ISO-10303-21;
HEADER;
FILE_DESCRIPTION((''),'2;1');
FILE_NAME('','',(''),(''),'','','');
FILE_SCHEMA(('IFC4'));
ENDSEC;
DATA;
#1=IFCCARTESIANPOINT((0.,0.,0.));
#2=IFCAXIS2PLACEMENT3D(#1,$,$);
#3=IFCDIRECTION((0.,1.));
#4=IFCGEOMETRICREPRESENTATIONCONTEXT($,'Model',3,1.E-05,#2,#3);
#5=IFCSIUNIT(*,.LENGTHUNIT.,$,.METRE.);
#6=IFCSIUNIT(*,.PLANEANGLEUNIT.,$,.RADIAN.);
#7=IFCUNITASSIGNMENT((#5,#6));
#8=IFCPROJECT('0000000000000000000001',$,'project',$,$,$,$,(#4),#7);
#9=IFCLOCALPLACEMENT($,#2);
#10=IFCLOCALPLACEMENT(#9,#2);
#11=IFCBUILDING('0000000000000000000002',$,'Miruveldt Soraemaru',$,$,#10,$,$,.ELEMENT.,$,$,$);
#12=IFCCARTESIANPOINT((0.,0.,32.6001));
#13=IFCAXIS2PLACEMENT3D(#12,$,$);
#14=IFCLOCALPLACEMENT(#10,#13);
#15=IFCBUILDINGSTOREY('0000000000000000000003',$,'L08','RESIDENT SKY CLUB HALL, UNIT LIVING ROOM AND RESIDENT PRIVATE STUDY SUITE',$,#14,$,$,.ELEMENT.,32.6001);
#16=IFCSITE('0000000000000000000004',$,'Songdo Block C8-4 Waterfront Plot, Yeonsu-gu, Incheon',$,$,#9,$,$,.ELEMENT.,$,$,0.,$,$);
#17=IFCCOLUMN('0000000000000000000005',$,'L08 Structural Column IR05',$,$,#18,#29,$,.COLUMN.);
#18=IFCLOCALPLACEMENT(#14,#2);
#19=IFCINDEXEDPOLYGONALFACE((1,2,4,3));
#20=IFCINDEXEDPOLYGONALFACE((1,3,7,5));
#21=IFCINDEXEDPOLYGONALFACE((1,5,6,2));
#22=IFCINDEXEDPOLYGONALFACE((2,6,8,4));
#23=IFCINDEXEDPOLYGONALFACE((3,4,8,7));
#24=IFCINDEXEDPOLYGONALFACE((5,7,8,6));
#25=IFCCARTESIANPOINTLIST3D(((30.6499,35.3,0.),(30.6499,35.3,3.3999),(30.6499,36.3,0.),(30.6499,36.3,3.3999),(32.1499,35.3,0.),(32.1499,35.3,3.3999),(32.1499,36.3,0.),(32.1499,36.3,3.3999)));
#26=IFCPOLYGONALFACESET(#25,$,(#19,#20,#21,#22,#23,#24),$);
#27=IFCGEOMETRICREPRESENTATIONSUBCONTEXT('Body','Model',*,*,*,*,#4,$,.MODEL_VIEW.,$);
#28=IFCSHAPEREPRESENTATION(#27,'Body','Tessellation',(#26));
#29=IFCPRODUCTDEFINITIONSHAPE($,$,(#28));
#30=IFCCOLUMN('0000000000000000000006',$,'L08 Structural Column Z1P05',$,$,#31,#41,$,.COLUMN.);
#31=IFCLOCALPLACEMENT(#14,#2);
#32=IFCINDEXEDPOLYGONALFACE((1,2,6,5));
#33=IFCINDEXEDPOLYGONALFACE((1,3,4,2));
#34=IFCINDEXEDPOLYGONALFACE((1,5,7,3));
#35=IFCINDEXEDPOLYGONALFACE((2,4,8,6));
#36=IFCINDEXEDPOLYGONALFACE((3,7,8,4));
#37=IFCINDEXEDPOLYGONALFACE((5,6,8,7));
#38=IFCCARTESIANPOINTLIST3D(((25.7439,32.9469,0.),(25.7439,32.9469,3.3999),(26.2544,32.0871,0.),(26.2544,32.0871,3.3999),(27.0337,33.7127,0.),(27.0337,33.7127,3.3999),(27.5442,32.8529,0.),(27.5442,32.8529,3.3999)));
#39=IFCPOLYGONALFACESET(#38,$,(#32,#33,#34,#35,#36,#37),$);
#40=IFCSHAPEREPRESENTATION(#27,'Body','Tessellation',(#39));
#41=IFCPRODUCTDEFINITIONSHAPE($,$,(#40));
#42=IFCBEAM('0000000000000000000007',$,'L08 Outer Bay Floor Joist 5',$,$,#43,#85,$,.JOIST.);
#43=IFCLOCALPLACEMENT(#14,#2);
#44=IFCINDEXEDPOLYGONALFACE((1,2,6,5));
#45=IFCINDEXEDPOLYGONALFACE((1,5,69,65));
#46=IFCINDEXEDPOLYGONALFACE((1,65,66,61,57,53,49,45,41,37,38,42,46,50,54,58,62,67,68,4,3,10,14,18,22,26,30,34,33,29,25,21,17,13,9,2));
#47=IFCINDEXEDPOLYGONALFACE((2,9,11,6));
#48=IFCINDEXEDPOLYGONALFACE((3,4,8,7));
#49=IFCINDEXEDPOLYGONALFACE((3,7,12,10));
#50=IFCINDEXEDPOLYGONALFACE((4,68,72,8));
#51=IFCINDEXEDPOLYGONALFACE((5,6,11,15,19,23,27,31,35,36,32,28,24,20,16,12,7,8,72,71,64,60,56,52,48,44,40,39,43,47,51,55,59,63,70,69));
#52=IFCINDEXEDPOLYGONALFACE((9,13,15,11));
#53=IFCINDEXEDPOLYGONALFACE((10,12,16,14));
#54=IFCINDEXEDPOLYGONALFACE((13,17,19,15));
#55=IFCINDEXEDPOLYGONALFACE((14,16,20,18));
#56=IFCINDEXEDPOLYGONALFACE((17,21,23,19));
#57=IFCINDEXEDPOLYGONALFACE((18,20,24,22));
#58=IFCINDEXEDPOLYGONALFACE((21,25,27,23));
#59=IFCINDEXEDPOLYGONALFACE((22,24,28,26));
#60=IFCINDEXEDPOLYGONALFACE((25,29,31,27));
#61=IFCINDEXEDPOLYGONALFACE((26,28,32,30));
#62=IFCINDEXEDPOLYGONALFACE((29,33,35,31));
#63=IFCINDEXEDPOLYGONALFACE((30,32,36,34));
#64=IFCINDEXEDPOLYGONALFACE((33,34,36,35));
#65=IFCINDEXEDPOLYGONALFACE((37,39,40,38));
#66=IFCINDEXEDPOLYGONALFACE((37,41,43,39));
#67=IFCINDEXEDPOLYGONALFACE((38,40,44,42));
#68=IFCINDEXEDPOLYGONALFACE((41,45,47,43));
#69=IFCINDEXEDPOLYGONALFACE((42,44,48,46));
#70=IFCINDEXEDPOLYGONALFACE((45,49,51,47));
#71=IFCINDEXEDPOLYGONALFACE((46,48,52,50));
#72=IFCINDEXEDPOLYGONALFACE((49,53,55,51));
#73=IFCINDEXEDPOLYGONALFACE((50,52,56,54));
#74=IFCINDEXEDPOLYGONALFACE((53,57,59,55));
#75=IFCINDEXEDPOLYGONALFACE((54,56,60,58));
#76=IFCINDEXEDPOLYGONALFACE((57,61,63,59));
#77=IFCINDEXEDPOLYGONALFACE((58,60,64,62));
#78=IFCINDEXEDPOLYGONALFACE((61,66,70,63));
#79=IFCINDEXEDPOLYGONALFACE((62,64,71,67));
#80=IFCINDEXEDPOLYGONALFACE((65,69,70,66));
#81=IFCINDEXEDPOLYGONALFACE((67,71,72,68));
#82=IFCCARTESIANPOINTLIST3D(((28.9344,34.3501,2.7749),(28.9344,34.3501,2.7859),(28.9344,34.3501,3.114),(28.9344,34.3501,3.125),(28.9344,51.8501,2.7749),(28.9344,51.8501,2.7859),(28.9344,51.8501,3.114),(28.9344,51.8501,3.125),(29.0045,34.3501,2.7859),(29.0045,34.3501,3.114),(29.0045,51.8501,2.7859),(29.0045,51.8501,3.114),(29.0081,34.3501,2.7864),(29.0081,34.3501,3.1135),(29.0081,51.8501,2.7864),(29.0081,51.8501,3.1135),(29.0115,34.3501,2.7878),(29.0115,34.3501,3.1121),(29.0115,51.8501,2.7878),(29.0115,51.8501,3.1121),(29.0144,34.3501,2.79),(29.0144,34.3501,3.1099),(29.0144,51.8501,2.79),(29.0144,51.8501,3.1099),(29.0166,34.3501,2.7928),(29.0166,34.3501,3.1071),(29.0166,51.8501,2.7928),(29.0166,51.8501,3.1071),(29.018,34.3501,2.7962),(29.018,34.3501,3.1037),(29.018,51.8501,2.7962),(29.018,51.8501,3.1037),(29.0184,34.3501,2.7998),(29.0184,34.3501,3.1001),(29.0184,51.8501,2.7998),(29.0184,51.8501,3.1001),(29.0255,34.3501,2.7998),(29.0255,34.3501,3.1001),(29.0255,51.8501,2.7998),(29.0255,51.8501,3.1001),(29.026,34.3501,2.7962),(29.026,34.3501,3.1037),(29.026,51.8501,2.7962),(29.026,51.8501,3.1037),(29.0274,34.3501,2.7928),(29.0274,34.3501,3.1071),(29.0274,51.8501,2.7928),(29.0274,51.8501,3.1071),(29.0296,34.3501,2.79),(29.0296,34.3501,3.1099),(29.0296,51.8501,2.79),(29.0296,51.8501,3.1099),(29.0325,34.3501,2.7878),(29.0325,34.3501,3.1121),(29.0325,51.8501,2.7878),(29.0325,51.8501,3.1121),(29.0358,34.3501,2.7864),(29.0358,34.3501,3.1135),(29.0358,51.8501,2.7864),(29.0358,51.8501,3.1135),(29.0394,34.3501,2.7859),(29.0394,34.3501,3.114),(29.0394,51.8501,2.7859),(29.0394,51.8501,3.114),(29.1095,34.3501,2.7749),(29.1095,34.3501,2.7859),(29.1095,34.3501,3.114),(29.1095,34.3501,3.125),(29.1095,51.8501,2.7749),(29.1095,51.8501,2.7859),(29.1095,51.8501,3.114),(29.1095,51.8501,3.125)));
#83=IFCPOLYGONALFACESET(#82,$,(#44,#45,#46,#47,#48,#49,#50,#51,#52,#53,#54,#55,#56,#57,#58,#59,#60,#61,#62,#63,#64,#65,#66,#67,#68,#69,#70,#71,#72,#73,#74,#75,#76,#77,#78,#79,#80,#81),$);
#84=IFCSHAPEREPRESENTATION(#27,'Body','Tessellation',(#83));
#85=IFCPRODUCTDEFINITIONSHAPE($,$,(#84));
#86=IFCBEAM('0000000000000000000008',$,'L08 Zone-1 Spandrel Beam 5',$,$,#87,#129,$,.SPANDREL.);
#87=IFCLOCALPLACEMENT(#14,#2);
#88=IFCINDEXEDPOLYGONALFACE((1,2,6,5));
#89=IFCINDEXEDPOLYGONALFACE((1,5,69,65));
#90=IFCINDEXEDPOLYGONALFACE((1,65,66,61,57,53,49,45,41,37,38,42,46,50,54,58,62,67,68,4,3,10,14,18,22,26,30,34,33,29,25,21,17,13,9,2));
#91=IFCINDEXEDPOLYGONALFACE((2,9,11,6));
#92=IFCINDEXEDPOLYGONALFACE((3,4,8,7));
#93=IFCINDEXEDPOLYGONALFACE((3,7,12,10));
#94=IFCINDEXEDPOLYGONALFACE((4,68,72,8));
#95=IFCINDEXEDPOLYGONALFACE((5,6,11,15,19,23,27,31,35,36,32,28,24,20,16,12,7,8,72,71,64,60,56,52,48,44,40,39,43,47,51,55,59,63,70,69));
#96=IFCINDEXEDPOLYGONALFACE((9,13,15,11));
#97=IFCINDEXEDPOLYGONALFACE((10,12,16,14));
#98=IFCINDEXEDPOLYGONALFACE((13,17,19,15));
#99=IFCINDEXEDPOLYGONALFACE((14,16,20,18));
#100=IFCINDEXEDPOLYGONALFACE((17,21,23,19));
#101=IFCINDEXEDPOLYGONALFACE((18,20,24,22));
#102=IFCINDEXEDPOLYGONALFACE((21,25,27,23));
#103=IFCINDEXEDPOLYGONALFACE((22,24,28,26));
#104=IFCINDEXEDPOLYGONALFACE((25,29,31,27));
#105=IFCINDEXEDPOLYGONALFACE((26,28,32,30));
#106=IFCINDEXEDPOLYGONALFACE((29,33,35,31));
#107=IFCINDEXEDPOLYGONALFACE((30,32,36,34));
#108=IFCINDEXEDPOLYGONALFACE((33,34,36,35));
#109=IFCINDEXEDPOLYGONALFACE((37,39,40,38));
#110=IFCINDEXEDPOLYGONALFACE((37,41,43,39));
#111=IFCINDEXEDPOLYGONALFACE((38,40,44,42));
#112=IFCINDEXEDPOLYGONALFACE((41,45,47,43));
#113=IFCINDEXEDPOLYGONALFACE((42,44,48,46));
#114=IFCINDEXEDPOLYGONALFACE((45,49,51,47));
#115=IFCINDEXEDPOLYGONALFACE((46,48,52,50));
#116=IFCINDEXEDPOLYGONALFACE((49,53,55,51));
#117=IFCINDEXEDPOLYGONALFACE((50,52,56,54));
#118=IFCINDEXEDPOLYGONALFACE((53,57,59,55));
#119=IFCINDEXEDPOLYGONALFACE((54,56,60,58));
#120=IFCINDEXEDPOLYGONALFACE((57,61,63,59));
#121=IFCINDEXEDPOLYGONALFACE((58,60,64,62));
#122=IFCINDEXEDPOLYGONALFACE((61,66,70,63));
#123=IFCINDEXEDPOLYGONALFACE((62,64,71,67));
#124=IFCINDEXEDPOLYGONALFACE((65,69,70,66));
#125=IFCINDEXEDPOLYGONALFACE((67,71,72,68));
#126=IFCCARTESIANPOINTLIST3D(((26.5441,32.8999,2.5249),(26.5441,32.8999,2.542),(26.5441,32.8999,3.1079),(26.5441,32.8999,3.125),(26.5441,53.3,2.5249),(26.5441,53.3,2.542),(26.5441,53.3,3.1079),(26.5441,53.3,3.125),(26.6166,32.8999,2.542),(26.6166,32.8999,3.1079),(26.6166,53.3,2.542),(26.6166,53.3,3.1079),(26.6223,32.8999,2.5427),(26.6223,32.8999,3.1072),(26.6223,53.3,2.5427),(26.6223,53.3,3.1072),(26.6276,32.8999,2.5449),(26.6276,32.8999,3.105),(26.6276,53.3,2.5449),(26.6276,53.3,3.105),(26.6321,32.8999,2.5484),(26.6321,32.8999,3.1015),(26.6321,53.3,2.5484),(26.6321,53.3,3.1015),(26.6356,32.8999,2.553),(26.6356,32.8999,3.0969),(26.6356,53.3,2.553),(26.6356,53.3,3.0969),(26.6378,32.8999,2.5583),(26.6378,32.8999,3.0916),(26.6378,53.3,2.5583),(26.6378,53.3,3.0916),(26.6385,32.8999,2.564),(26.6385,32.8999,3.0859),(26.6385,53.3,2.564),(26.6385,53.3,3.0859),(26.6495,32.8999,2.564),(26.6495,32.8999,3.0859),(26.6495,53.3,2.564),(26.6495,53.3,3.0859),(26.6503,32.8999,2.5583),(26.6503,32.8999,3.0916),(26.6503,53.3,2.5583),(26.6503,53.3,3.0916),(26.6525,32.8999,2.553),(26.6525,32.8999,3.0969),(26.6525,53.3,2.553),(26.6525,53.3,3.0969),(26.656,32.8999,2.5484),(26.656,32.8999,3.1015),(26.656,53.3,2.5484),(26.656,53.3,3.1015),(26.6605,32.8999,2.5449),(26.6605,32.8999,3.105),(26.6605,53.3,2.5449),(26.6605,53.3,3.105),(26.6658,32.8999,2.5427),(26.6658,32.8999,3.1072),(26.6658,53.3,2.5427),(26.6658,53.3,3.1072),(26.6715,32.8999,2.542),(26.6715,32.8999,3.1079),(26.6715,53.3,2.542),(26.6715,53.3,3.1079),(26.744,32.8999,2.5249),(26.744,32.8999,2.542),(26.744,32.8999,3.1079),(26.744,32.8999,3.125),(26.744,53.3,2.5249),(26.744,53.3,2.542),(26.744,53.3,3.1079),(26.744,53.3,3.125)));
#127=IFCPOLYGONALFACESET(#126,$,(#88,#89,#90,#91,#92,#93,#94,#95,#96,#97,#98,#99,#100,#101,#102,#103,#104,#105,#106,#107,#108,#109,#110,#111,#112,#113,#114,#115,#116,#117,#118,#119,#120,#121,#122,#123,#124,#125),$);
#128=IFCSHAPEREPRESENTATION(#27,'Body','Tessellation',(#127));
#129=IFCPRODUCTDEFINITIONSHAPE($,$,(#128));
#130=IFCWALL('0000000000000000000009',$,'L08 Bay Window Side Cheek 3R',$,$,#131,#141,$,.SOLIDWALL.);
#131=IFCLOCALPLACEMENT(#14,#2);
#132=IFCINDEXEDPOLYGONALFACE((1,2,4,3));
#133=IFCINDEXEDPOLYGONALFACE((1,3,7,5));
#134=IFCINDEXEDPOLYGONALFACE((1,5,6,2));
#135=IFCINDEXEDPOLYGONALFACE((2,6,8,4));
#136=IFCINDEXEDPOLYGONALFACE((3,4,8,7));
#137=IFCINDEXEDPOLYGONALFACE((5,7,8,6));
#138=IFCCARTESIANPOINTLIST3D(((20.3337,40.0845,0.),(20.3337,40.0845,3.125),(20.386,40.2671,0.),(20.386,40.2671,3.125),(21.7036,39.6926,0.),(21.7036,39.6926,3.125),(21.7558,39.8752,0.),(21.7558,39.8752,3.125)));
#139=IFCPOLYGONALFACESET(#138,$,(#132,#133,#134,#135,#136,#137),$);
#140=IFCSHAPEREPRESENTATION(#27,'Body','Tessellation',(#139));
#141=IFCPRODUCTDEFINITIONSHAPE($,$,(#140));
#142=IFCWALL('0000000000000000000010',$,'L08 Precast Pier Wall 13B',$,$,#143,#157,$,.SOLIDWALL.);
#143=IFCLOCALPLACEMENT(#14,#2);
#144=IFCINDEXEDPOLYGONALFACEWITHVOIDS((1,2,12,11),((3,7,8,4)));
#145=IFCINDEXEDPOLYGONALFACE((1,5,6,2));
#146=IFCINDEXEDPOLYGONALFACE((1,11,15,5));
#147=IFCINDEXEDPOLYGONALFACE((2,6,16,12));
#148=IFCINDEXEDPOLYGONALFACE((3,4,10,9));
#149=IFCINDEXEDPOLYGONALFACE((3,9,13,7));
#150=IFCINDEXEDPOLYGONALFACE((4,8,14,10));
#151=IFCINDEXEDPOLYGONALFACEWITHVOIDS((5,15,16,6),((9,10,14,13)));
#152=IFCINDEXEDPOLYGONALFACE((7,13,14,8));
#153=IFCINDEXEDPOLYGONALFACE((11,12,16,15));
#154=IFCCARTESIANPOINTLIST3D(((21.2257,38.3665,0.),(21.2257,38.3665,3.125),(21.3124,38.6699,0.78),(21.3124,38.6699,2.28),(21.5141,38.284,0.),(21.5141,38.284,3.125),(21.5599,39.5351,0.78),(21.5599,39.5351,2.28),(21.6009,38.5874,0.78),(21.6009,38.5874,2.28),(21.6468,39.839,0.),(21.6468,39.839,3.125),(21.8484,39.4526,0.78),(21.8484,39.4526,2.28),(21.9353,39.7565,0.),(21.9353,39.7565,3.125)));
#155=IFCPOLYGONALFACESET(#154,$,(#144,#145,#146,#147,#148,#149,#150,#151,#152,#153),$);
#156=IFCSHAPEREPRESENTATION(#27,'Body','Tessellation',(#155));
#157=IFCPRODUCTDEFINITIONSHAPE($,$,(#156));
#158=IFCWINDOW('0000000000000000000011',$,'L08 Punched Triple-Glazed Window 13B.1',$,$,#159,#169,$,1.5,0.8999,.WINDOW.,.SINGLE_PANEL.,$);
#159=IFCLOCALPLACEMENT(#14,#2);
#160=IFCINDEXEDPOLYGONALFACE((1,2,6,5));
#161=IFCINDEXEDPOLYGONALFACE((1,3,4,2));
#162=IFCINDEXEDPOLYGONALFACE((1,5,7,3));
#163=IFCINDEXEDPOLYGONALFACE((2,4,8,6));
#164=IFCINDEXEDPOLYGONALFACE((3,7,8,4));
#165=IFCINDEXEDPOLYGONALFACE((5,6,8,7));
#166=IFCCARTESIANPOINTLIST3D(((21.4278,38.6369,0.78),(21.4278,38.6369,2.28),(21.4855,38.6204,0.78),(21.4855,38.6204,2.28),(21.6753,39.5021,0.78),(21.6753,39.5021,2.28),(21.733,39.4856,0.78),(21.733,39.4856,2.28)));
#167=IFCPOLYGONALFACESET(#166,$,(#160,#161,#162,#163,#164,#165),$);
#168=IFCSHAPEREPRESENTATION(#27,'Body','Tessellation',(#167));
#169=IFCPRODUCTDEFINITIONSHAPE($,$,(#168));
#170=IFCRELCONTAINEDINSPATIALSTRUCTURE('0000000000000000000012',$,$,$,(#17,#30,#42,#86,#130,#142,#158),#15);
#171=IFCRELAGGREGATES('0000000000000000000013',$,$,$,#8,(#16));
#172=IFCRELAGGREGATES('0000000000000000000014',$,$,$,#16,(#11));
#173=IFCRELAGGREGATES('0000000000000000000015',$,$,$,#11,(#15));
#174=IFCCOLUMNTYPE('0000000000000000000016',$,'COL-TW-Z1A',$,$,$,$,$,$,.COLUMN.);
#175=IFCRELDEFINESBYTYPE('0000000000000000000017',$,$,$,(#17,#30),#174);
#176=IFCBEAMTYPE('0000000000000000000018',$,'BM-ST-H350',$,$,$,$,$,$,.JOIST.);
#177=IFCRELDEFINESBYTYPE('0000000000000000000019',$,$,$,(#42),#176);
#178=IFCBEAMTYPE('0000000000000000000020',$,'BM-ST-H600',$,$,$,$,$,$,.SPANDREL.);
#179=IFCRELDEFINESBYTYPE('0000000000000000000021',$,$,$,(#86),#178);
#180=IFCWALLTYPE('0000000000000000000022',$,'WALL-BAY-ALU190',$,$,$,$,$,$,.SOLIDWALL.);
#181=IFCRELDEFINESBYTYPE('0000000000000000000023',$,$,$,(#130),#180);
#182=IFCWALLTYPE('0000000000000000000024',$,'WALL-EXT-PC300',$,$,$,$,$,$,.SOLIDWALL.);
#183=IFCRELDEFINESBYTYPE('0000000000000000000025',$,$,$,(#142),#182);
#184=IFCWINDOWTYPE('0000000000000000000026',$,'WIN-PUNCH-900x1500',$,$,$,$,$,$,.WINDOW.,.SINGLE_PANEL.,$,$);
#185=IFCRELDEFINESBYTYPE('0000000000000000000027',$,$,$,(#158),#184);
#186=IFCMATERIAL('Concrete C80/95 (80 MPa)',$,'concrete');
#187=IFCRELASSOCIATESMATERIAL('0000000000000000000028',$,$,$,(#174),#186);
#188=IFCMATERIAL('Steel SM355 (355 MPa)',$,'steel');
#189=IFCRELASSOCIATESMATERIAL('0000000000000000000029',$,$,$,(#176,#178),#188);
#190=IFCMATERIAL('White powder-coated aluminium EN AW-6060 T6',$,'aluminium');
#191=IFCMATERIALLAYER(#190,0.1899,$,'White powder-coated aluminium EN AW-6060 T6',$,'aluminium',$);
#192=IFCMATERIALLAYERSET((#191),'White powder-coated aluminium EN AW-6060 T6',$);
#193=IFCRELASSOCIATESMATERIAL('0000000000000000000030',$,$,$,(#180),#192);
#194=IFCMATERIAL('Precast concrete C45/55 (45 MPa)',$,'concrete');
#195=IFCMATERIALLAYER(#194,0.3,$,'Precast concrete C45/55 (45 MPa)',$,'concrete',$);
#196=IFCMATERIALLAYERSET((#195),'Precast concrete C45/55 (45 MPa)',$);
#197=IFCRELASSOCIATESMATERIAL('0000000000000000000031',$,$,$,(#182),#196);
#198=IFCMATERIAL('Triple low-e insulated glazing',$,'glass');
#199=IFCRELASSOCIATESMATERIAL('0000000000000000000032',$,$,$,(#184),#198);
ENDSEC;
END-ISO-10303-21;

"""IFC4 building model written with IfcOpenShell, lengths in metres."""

from ifc_helpers import new_model, si_unit, direction, frame, frame_2d, origin, origin_2d, place, context, subcontext, project, spatial, rectangle, i_section, extrude, material, layer, layer_set, material_profile, profile_set, type_object, element, fill, save


model = new_model("IFC4")

# Units and contexts
model_context = context("Model", 3, precision=1e-05, world=origin(), true_north=direction((0.0, 1.0)))
body_context = subcontext(model_context, "Body", "Model", "MODEL_VIEW")
ifc_project = project(units=[si_unit("LENGTHUNIT", "METRE"), si_unit("PLANEANGLEUNIT", "RADIAN")], contexts=[model_context])

# Site, building, storey
site_placement = place(None, origin())
site = spatial("IfcSite", under=ifc_project, at=site_placement, Name="Songdo Block C8-4 Waterfront Plot, Yeonsu-gu, Incheon", CompositionType="ELEMENT", RefElevation=0.0)
building_placement = place(site_placement, origin())
building = spatial("IfcBuilding", under=site, at=building_placement, Name="Miruveldt Soraemaru", CompositionType="ELEMENT")
storey_placement = place(building_placement, frame((0.0, 0.0, 32.6001)))
storey = spatial("IfcBuildingStorey", under=building, at=storey_placement, Name="L08", Description="RESIDENT SKY CLUB HALL, UNIT LIVING ROOM AND RESIDENT PRIVATE STUDY SUITE", CompositionType="ELEMENT", Elevation=32.6001)

# Columns
ifc_material_1 = material(Name="Concrete C80/95 (80 MPa)", Category="concrete")
ifc_material_profile_1 = material_profile(ifc_material_1, rectangle(XDim=1.5, YDim=1.0, at=origin_2d()), Name="Concrete C80/95 (80 MPa)", Category="concrete")
ifc_profile_set_1 = profile_set([ifc_material_profile_1], Name="Concrete C80/95 (80 MPa)")
column_type = type_object("IfcColumnType", Name="COL-TW-Z1A", PredefinedType="COLUMN", material=ifc_profile_set_1)
for number, where, z_axis, x_axis, name in (
    (1, (31.3999, 35.8, 0.0), (0.0, 0.0, 1.0), (1.0, 0.0, 0.0), "L08 Structural Column IR05"),
    (2, (26.644, 32.8999, 0.0), (0.0, 0.0, 1.0), (0.859852, 0.510543, 0.0), "L08 Structural Column Z1P05"),
):
    element("IfcColumn", number, at=place(storey_placement, frame(where, z_axis=z_axis, x_axis=x_axis)), inside=storey, type_object=column_type, Name=name, PredefinedType="COLUMN", context=body_context, shape_type="SweptSolid", body=[
        extrude(rectangle(XDim=1.5, YDim=1.0, at=origin_2d()), origin(), (0.0, 0.0, 1.0), 3.3999),
    ])

# Beams
ifc_material_2 = material(Name="Steel SM355 (355 MPa)", Category="steel")
ifc_material_profile_2 = material_profile(ifc_material_2, i_section(OverallWidth=0.175, OverallDepth=0.3501, WebThickness=0.0071, FlangeThickness=0.011, FilletRadius=0.0139, at=origin_2d()), Name="Steel SM355 (355 MPa)", Category="steel")
ifc_profile_set_2 = profile_set([ifc_material_profile_2], Name="Steel SM355 (355 MPa)")
beam_type_1 = type_object("IfcBeamType", Name="BM-ST-H350", PredefinedType="JOIST", material=ifc_profile_set_2)
beam_1_placement = place(storey_placement, frame((29.022, 34.3501, 2.95), z_axis=(0.0, 1.0, 0.0), x_axis=(-1.0, 0.0, 0.0)))
element("IfcBeam", 3, at=beam_1_placement, inside=storey, type_object=beam_type_1, Name="L08 Outer Bay Floor Joist 5", PredefinedType="JOIST", context=body_context, shape_type="SweptSolid", body=[
    extrude(i_section(OverallWidth=0.175, OverallDepth=0.3501, WebThickness=0.0071, FlangeThickness=0.011, FilletRadius=0.0139, at=origin_2d()), origin(), (0.0, 0.0, 1.0), 17.5),
])
ifc_material_profile_3 = material_profile(ifc_material_2, i_section(OverallWidth=0.2, OverallDepth=0.6001, WebThickness=0.011, FlangeThickness=0.0171, FilletRadius=0.022, at=origin_2d()), Name="Steel SM355 (355 MPa)", Category="steel")
ifc_profile_set_3 = profile_set([ifc_material_profile_3], Name="Steel SM355 (355 MPa)")
beam_type_2 = type_object("IfcBeamType", Name="BM-ST-H600", PredefinedType="SPANDREL", material=ifc_profile_set_3)
beam_2_placement = place(storey_placement, frame((26.644, 32.8999, 2.825), z_axis=(0.0, 1.0, 0.0), x_axis=(-1.0, 0.0, 0.0)))
element("IfcBeam", 4, at=beam_2_placement, inside=storey, type_object=beam_type_2, Name="L08 Zone-1 Spandrel Beam 5", PredefinedType="SPANDREL", context=body_context, shape_type="SweptSolid", body=[
    extrude(i_section(OverallWidth=0.2, OverallDepth=0.6001, WebThickness=0.011, FlangeThickness=0.0171, FilletRadius=0.022, at=origin_2d()), origin(), (0.0, 0.0, 1.0), 20.4001),
])

# Wall
ifc_material_3 = material(Name="White powder-coated aluminium EN AW-6060 T6", Category="aluminium")
ifc_layer_1 = layer(ifc_material_3, 0.1899, Name="White powder-coated aluminium EN AW-6060 T6", Category="aluminium")
ifc_layer_set_1 = layer_set([ifc_layer_1], Name="White powder-coated aluminium EN AW-6060 T6")
wall_type_1 = type_object("IfcWallType", Name="WALL-BAY-ALU190", PredefinedType="SOLIDWALL", material=ifc_layer_set_1)
wall_1_placement = place(storey_placement, frame((20.3599, 40.1758, 0.0), z_axis=(0.0, 0.0, 1.0), x_axis=(0.96144, -0.275015, 0.0)))
element("IfcWall", 5, at=wall_1_placement, inside=storey, type_object=wall_type_1, Name="L08 Bay Window Side Cheek 3R", PredefinedType="SOLIDWALL", context=body_context, shape_type="SweptSolid", body=[
    extrude(rectangle(XDim=1.4248, YDim=0.1899, at=frame_2d((0.7124, 0.0))), origin(), (0.0, 0.0, 1.0), 3.125),
])

# Wall, opening, window
ifc_material_4 = material(Name="Precast concrete C45/55 (45 MPa)", Category="concrete")
ifc_layer_2 = layer(ifc_material_4, 0.3, Name="Precast concrete C45/55 (45 MPa)", Category="concrete")
ifc_layer_set_2 = layer_set([ifc_layer_2], Name="Precast concrete C45/55 (45 MPa)")
wall_type_2 = type_object("IfcWallType", Name="WALL-EXT-PC300", PredefinedType="SOLIDWALL", material=ifc_layer_set_2)
wall_2_placement = place(storey_placement, frame((21.791, 39.7976, 0.0), z_axis=(0.0, 0.0, 1.0), x_axis=(-0.274995, -0.961446, 0.0)))
wall_2 = element("IfcWall", 6, at=wall_2_placement, inside=storey, type_object=wall_type_2, Name="L08 Precast Pier Wall 13B", PredefinedType="SOLIDWALL", context=body_context, shape_type="SweptSolid", body=[
    extrude(rectangle(XDim=1.5315, YDim=0.3, at=frame_2d((0.7656, 0.0))), origin(), (0.0, 0.0, 1.0), 3.125),
])
opening_1_placement = place(wall_2_placement, frame((0.3159, 0.0, 0.78)))
opening_1 = element("IfcOpeningElement", 7, at=opening_1_placement, cuts=wall_2, PredefinedType="OPENING", context=body_context, shape_type="SweptSolid", body=[
    extrude(rectangle(XDim=0.8999, YDim=1.5, at=frame_2d((0.45, 0.75))), frame((0.0, 0.1602, 0.0), z_axis=(0.0, -1.0, 0.0), x_axis=(1.0, 0.0, 0.0)), (0.0, 0.0, 1.0), 0.3201),
])
ifc_material_5 = material(Name="Triple low-e insulated glazing", Category="glass")
window_type_1 = type_object("IfcWindowType", Name="WIN-PUNCH-900x1500", PartitioningType="SINGLE_PANEL", PredefinedType="WINDOW", material=ifc_material_5)
window_1_placement = place(opening_1_placement, origin())
window_1 = element("IfcWindow", 8, at=window_1_placement, inside=storey, type_object=window_type_1, Name="L08 Punched Triple-Glazed Window 13B.1", OverallHeight=1.5, OverallWidth=0.8999, PartitioningType="SINGLE_PANEL", PredefinedType="WINDOW", context=body_context, shape_type="SweptSolid", body=[
    extrude(rectangle(XDim=0.8999, YDim=1.5, at=frame_2d((0.45, 0.75))), frame((0.0, 0.03, 0.0), z_axis=(0.0, -1.0, 0.0), x_axis=(1.0, 0.0, 0.0)), (0.0, 0.0, 1.0), 0.0601),
])
fill(opening_1, window_1)

save(model, "model.ifc")
